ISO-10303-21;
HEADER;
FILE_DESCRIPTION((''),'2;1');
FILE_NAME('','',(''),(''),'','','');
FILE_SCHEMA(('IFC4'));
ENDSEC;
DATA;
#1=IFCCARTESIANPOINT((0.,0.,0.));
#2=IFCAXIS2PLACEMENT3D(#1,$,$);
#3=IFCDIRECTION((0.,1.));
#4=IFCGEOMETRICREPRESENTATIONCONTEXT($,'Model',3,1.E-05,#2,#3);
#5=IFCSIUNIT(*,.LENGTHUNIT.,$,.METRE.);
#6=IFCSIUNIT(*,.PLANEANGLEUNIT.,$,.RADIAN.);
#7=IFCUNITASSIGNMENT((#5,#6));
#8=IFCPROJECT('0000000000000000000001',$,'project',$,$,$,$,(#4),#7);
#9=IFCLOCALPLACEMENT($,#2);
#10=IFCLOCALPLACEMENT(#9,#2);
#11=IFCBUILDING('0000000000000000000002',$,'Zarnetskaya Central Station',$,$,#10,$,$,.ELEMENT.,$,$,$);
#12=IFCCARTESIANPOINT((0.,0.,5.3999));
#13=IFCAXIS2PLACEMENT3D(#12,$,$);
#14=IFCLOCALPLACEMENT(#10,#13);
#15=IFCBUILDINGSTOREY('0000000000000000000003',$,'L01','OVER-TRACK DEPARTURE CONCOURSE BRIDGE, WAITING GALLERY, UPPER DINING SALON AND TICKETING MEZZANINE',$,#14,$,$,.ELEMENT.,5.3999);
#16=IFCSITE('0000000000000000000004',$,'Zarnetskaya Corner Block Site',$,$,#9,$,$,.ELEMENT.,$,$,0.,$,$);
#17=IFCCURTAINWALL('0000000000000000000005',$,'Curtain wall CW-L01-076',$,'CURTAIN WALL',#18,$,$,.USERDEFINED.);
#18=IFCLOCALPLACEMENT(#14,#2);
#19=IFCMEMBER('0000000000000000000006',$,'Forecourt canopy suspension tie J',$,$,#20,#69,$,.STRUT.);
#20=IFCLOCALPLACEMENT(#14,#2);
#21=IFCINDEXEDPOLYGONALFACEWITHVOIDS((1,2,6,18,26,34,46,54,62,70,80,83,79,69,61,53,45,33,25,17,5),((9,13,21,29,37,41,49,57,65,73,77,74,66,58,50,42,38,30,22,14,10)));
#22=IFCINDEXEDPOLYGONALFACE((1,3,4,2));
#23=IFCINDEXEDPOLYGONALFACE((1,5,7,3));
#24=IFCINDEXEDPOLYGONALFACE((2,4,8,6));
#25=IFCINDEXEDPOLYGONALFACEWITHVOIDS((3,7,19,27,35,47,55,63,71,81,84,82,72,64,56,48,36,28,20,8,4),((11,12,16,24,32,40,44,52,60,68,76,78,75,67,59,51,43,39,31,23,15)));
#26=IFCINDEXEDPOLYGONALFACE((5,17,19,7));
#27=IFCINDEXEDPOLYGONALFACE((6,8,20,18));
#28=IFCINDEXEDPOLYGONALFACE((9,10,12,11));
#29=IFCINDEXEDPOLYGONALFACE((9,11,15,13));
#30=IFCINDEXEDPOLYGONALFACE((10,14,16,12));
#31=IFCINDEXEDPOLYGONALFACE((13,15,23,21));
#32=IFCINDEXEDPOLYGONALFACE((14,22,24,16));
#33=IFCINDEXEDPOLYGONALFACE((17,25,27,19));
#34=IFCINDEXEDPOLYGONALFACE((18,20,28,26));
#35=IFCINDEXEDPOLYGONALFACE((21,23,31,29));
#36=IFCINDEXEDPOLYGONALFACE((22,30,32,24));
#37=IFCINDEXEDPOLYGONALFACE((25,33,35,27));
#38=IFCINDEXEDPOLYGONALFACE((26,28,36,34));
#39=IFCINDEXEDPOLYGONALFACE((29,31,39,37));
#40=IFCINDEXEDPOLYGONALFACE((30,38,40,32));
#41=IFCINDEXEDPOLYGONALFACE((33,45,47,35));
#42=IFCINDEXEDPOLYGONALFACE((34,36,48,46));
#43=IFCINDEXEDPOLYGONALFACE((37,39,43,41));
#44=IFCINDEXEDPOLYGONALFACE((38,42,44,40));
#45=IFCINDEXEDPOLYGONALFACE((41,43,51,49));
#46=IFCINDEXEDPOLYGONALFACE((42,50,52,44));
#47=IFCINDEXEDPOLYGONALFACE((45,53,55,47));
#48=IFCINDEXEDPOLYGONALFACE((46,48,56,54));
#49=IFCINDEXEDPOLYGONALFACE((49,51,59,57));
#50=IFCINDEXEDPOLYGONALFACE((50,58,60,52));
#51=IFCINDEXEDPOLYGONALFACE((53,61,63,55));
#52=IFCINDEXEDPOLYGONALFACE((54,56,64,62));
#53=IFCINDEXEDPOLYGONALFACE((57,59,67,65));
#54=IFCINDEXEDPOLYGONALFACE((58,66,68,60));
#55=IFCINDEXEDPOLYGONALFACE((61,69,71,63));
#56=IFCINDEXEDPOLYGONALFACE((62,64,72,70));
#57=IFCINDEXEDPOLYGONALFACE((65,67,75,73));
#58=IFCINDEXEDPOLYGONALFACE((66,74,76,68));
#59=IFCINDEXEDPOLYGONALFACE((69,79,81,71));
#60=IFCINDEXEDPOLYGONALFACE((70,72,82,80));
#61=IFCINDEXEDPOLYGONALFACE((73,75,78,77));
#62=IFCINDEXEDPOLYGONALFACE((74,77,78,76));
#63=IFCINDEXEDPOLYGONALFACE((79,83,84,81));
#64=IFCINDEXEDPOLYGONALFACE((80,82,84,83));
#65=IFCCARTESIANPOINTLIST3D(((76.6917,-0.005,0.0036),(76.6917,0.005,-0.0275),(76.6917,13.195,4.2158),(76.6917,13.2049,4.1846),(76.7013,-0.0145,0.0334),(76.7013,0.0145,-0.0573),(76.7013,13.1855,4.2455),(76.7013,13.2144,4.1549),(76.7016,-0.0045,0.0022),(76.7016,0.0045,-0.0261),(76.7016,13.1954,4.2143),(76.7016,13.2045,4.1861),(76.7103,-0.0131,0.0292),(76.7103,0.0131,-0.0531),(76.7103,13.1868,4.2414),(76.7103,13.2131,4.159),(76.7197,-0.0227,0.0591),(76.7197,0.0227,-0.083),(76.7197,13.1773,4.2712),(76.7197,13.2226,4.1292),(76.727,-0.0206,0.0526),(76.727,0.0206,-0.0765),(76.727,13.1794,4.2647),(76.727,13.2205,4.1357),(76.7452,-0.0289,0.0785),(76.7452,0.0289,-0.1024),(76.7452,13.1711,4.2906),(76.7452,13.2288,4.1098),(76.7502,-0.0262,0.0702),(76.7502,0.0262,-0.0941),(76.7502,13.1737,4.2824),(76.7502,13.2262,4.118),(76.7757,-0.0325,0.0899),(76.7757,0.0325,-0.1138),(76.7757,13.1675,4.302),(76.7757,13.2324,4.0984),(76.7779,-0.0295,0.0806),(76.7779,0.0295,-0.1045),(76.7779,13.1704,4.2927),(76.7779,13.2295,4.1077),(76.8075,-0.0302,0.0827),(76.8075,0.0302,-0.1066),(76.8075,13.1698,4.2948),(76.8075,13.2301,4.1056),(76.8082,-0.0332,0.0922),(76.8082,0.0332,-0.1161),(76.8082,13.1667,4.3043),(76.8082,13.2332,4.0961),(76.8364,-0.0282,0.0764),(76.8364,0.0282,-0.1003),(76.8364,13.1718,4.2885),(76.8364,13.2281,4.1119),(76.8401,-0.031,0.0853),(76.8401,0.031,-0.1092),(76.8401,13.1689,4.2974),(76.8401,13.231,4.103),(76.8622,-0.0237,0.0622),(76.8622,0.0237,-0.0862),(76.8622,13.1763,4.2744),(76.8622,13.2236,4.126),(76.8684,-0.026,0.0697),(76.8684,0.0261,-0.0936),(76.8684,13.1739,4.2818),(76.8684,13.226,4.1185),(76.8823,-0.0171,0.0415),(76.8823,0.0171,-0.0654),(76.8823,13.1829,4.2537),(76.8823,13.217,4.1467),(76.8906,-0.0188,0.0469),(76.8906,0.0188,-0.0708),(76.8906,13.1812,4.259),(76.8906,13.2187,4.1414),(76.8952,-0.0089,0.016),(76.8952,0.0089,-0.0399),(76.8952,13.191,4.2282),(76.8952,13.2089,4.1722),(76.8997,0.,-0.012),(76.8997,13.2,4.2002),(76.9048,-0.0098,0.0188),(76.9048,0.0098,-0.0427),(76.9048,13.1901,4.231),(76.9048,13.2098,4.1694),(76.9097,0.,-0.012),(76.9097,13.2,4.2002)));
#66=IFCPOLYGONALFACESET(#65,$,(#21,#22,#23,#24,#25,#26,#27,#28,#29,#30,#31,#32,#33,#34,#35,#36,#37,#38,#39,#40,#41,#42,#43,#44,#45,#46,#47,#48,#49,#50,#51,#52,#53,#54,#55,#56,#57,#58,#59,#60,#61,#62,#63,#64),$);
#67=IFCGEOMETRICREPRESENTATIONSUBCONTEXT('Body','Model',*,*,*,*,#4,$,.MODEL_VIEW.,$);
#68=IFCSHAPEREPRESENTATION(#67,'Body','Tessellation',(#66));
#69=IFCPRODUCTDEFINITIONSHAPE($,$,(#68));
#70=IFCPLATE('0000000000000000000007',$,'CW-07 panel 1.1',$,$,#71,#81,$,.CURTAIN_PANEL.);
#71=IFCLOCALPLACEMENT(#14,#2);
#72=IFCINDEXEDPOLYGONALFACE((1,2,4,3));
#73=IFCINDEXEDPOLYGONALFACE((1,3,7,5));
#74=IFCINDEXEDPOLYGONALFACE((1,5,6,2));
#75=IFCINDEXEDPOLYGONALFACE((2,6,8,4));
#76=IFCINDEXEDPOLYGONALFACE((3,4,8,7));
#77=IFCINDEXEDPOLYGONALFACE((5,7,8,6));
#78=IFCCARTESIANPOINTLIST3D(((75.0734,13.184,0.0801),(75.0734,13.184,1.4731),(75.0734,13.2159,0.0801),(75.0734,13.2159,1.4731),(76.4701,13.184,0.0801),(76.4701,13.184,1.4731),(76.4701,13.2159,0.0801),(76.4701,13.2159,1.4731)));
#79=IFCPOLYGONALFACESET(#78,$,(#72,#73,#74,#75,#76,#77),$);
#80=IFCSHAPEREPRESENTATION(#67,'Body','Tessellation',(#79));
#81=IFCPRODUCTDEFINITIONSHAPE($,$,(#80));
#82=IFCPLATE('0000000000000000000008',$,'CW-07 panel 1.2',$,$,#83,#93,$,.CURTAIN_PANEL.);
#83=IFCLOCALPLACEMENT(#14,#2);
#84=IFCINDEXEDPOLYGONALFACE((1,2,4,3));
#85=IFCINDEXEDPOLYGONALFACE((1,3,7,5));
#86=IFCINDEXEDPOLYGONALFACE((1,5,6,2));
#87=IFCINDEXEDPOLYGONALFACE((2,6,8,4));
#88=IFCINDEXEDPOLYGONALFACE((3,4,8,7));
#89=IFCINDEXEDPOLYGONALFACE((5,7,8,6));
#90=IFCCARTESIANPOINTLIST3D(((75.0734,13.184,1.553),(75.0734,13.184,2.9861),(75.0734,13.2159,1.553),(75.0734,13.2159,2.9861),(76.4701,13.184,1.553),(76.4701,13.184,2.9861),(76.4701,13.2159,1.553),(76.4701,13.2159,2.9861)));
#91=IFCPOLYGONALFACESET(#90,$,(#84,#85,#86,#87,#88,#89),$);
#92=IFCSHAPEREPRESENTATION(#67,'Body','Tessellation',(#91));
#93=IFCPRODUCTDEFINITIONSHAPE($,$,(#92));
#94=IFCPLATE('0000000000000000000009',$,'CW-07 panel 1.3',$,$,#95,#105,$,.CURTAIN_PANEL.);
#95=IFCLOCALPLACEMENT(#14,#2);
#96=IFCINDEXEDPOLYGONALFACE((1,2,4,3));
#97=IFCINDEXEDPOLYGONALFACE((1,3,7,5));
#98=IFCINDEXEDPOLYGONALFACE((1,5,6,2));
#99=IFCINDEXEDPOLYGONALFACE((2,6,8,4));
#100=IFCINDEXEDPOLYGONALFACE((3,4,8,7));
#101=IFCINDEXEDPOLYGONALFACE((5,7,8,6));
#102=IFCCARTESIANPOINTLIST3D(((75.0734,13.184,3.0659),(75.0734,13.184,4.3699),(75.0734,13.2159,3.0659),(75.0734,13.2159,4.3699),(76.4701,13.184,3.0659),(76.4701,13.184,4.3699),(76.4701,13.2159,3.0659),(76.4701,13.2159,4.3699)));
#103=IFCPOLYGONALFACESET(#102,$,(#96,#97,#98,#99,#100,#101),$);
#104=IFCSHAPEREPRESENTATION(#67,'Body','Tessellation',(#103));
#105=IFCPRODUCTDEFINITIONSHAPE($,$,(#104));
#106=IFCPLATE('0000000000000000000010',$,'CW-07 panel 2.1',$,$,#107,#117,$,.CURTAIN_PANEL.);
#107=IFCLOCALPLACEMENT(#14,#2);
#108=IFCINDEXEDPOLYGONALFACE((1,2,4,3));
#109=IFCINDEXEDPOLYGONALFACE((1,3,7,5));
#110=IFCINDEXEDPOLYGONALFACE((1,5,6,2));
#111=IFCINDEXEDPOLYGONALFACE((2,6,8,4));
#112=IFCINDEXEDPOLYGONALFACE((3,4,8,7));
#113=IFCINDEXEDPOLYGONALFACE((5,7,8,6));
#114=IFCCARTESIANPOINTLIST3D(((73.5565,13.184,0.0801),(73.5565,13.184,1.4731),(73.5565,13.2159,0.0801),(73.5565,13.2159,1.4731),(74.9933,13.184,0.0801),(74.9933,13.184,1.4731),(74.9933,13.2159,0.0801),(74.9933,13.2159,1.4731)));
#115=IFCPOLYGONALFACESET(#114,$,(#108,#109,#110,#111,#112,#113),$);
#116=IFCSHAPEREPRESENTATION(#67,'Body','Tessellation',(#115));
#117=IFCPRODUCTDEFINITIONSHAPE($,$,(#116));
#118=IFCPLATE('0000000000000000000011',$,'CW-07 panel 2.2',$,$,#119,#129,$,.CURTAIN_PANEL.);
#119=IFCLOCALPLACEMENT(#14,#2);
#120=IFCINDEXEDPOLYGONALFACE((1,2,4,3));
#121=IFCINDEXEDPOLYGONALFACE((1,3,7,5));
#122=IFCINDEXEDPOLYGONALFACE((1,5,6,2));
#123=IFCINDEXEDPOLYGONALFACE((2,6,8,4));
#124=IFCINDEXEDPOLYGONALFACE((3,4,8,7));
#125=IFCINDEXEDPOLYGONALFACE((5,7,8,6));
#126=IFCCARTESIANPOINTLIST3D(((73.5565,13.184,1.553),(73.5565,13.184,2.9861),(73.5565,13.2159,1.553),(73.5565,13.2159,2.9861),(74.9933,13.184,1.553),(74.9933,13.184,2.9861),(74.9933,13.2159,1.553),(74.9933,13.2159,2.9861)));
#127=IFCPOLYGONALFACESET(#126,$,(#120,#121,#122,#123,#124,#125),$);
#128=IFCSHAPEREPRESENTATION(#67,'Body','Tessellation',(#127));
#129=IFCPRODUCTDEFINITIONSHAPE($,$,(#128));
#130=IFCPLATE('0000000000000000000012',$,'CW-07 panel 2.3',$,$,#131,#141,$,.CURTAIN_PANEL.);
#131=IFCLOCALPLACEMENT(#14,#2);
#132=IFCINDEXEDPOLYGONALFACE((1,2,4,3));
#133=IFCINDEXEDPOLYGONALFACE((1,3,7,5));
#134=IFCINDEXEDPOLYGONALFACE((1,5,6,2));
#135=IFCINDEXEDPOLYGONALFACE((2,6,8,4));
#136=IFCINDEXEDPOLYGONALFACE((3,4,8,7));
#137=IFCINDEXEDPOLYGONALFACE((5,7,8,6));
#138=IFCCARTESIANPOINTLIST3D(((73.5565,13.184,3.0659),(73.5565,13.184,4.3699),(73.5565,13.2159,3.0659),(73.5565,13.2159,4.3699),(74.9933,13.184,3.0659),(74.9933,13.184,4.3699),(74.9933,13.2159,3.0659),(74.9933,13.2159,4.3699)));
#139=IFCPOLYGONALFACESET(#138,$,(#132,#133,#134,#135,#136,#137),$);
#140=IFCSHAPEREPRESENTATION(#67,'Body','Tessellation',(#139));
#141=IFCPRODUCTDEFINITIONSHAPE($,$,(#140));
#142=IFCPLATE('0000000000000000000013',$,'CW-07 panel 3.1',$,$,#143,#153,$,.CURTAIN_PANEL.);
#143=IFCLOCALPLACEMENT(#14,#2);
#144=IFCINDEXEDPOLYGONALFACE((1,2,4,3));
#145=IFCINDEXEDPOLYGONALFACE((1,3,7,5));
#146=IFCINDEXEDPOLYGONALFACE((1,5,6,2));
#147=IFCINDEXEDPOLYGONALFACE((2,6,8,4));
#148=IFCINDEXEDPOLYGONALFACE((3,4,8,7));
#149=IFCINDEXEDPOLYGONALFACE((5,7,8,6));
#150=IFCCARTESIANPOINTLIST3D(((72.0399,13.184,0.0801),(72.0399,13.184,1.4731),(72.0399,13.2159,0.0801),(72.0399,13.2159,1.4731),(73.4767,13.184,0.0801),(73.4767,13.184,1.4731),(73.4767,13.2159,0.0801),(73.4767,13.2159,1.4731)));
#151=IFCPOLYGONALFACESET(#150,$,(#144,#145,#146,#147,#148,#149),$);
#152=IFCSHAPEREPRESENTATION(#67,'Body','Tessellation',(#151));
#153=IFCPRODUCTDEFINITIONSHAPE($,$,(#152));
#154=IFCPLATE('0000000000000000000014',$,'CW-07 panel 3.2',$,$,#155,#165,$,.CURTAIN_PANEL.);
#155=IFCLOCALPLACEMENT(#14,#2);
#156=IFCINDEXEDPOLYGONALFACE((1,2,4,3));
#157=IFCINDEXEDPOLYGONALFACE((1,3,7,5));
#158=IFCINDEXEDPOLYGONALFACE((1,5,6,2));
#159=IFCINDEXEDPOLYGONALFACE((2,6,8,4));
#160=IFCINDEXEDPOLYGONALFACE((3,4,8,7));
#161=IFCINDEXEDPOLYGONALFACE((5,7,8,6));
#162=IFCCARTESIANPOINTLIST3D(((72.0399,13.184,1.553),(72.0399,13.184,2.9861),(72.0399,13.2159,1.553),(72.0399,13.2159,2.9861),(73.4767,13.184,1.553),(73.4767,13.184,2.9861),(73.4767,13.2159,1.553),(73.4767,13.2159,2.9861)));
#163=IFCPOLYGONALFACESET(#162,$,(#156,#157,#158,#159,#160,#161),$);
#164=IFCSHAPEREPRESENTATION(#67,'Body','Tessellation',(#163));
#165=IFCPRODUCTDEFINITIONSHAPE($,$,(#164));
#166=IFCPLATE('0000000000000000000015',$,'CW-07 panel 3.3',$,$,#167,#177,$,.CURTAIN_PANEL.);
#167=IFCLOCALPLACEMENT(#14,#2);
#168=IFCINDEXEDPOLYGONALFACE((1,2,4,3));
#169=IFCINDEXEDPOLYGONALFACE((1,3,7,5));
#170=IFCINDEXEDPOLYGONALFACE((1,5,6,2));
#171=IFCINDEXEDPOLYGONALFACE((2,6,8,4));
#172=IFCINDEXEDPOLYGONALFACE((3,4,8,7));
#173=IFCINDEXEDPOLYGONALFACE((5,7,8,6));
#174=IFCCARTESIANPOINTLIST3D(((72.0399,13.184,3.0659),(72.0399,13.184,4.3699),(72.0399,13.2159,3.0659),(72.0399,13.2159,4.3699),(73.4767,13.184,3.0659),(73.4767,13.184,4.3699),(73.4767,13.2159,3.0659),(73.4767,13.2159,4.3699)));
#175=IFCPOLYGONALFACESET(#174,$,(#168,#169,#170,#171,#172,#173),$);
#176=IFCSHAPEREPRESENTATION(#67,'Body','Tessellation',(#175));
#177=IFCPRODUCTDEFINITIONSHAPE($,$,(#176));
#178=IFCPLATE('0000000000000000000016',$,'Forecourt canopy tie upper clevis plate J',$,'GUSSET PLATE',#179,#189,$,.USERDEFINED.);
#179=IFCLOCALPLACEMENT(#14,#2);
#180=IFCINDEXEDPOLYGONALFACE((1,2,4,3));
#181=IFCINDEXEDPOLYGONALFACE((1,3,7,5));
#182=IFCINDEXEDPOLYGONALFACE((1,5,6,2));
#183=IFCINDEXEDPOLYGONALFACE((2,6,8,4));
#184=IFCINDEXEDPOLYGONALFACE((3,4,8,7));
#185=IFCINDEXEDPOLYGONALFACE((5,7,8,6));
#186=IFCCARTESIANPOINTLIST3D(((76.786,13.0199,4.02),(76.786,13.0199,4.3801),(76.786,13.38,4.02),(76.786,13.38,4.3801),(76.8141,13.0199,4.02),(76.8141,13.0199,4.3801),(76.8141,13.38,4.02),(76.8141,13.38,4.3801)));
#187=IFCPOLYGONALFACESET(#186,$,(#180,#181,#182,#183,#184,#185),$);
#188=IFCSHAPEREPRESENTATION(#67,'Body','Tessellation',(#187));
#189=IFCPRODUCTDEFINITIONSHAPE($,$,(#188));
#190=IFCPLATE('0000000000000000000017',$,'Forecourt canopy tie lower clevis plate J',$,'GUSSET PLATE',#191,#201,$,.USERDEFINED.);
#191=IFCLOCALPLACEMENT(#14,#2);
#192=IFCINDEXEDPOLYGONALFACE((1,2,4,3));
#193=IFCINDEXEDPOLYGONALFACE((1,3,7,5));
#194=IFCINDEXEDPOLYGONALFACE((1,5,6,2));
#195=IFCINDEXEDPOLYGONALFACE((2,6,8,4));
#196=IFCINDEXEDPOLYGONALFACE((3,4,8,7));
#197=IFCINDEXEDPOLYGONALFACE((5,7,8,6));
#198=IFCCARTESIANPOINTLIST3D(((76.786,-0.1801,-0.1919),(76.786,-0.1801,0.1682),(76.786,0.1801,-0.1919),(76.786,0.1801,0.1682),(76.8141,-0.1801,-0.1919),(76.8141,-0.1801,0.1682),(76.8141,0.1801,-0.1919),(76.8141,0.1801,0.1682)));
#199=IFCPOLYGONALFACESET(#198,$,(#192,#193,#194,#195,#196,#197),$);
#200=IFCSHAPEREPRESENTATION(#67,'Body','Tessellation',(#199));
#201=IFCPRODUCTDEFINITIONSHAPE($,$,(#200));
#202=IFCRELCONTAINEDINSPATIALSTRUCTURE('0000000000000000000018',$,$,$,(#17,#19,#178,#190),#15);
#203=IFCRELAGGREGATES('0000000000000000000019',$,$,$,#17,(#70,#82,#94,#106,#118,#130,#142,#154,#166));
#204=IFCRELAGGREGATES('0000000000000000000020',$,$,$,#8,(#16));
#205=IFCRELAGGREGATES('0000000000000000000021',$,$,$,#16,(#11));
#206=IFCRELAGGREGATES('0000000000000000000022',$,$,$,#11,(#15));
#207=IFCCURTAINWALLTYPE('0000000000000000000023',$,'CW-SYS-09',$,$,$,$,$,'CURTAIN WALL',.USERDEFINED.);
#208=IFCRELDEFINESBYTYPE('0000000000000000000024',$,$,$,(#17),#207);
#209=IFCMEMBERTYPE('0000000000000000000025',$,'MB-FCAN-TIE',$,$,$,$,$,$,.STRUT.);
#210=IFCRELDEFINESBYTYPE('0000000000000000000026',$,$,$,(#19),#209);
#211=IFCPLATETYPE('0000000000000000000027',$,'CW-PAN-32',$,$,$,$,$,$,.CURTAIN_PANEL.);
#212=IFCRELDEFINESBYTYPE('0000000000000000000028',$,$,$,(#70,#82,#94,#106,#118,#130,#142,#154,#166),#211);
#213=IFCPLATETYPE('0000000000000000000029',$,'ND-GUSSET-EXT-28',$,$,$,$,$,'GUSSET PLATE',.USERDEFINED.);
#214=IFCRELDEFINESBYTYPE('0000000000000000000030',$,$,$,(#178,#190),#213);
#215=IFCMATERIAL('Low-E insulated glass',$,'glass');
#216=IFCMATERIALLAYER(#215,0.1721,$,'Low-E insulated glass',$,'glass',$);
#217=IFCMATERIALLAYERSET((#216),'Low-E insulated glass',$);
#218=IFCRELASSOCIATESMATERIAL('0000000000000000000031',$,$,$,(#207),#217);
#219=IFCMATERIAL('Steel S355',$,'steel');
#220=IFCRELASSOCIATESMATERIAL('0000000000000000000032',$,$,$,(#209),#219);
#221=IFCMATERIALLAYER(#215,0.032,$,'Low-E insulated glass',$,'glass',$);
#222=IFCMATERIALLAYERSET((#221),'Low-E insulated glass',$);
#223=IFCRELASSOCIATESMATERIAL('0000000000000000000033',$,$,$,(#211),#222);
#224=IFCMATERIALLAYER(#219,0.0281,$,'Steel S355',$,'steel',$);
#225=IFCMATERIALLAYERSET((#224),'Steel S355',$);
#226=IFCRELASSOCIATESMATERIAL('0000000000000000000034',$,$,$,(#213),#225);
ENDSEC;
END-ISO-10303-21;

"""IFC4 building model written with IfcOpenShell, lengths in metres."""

from ifc_helpers import new_model, si_unit, direction, frame, origin, origin_2d, place, context, subcontext, project, spatial, rectangle, hollow_circle, extrude, material, layer, layer_set, material_profile, profile_set, type_object, element, aggregate, save


model = new_model("IFC4")

# Units and contexts
model_context = context("Model", 3, precision=1e-05, world=origin(), true_north=direction((0.0, 1.0)))
body_context = subcontext(model_context, "Body", "Model", "MODEL_VIEW")
ifc_project = project(units=[si_unit("LENGTHUNIT", "METRE"), si_unit("PLANEANGLEUNIT", "RADIAN")], contexts=[model_context])

# Site, building, storey
site_placement = place(None, origin())
site = spatial("IfcSite", under=ifc_project, at=site_placement, Name="Zarnetskaya Corner Block Site", CompositionType="ELEMENT", RefElevation=0.0)
building_placement = place(site_placement, origin())
building = spatial("IfcBuilding", under=site, at=building_placement, Name="Zarnetskaya Central Station", CompositionType="ELEMENT")
storey_placement = place(building_placement, frame((0.0, 0.0, 5.3999)))
storey = spatial("IfcBuildingStorey", under=building, at=storey_placement, Name="L01", Description="OVER-TRACK DEPARTURE CONCOURSE BRIDGE, WAITING GALLERY, UPPER DINING SALON AND TICKETING MEZZANINE", CompositionType="ELEMENT", Elevation=5.3999)

# Shared definitions
ifc_material_1 = material(Name="Steel S355", Category="steel")

# Curtain wall
ifc_material_2 = material(Name="Low-E insulated glass", Category="glass")
ifc_layer_1 = layer(ifc_material_2, 0.1721, Name="Low-E insulated glass", Category="glass")
ifc_layer_set_1 = layer_set([ifc_layer_1], Name="Low-E insulated glass")
curtain_wall_type = type_object("IfcCurtainWallType", Name="CW-SYS-09", ElementType="CURTAIN WALL", PredefinedType="USERDEFINED", material=ifc_layer_set_1)
curtain_wall_placement = place(storey_placement, origin())
curtain_wall = element("IfcCurtainWall", 1, at=curtain_wall_placement, inside=storey, type_object=curtain_wall_type, Name="Curtain wall CW-L01-076", ObjectType="CURTAIN WALL", PredefinedType="USERDEFINED")

# Member
ifc_material_profile_1 = material_profile(ifc_material_1, hollow_circle(Radius=0.1096, WallThickness=0.01, at=origin_2d()), Name="CHS 219.1x10")
ifc_profile_set_1 = profile_set([ifc_material_profile_1], Name="Steel S355")
member_type_1 = type_object("IfcMemberType", Name="MB-FCAN-TIE", PredefinedType="STRUT", material=ifc_profile_set_1)
member_1_placement = place(storey_placement, frame((76.8, 13.2, 4.2002), z_axis=(0.0, -0.952672, -0.304001), x_axis=(1.0, 0.0, 0.0)))
element("IfcMember", 2, at=member_1_placement, inside=storey, type_object=member_type_1, Name="Forecourt canopy suspension tie J", PredefinedType="STRUT", context=body_context, shape_type="SweptSolid", body=[
    extrude(hollow_circle(Radius=0.1096, WallThickness=0.01, at=origin_2d()), origin(), (0.0, 0.0, 1.0), 13.8557),
])

# Plates
ifc_layer_2 = layer(ifc_material_2, 0.032, Name="Low-E insulated glass", Category="glass")
ifc_layer_set_2 = layer_set([ifc_layer_2], Name="Low-E insulated glass")
plate_type_1 = type_object("IfcPlateType", Name="CW-PAN-32", PredefinedType="CURTAIN_PANEL", material=ifc_layer_set_2)
plate_1_placement = place(storey_placement, frame((75.7717, 13.2, 0.0801), z_axis=(0.0, 0.0, 1.0), x_axis=(-1.0, 0.0, 0.0)))
plate_1 = element("IfcPlate", 3, at=plate_1_placement, type_object=plate_type_1, Name="CW-07 panel 1.1", PredefinedType="CURTAIN_PANEL", context=body_context, shape_type="SweptSolid", body=[
    extrude(rectangle(XDim=1.3967, YDim=0.032, at=origin_2d()), origin(), (0.0, 0.0, 1.0), 1.3931),
])
plate_2_placement = place(storey_placement, frame((75.7717, 13.2, 1.553), z_axis=(0.0, 0.0, 1.0), x_axis=(-1.0, 0.0, 0.0)))
plate_2 = element("IfcPlate", 4, at=plate_2_placement, type_object=plate_type_1, Name="CW-07 panel 1.2", PredefinedType="CURTAIN_PANEL", context=body_context, shape_type="SweptSolid", body=[
    extrude(rectangle(XDim=1.3967, YDim=0.032, at=origin_2d()), origin(), (0.0, 0.0, 1.0), 1.4331),
])
plate_3_placement = place(storey_placement, frame((75.7717, 13.2, 3.0659), z_axis=(0.0, 0.0, 1.0), x_axis=(-1.0, 0.0, 0.0)))
plate_3 = element("IfcPlate", 5, at=plate_3_placement, type_object=plate_type_1, Name="CW-07 panel 1.3", PredefinedType="CURTAIN_PANEL", context=body_context, shape_type="SweptSolid", body=[
    extrude(rectangle(XDim=1.3967, YDim=0.032, at=origin_2d()), origin(), (0.0, 0.0, 1.0), 1.304),
])
plate_4_placement = place(storey_placement, frame((74.2749, 13.2, 0.0801), z_axis=(0.0, 0.0, 1.0), x_axis=(-1.0, 0.0, 0.0)))
plate_4 = element("IfcPlate", 6, at=plate_4_placement, type_object=plate_type_1, Name="CW-07 panel 2.1", PredefinedType="CURTAIN_PANEL", context=body_context, shape_type="SweptSolid", body=[
    extrude(rectangle(XDim=1.4368, YDim=0.032, at=origin_2d()), origin(), (0.0, 0.0, 1.0), 1.3931),
])
plate_5_placement = place(storey_placement, frame((74.2749, 13.2, 1.553), z_axis=(0.0, 0.0, 1.0), x_axis=(-1.0, 0.0, 0.0)))
plate_5 = element("IfcPlate", 7, at=plate_5_placement, type_object=plate_type_1, Name="CW-07 panel 2.2", PredefinedType="CURTAIN_PANEL", context=body_context, shape_type="SweptSolid", body=[
    extrude(rectangle(XDim=1.4368, YDim=0.032, at=origin_2d()), origin(), (0.0, 0.0, 1.0), 1.4331),
])
plate_6_placement = place(storey_placement, frame((74.2749, 13.2, 3.0659), z_axis=(0.0, 0.0, 1.0), x_axis=(-1.0, 0.0, 0.0)))
plate_6 = element("IfcPlate", 8, at=plate_6_placement, type_object=plate_type_1, Name="CW-07 panel 2.3", PredefinedType="CURTAIN_PANEL", context=body_context, shape_type="SweptSolid", body=[
    extrude(rectangle(XDim=1.4368, YDim=0.032, at=origin_2d()), origin(), (0.0, 0.0, 1.0), 1.304),
])
plate_7_placement = place(storey_placement, frame((72.7583, 13.2, 0.0801), z_axis=(0.0, 0.0, 1.0), x_axis=(-1.0, 0.0, 0.0)))
plate_7 = element("IfcPlate", 9, at=plate_7_placement, type_object=plate_type_1, Name="CW-07 panel 3.1", PredefinedType="CURTAIN_PANEL", context=body_context, shape_type="SweptSolid", body=[
    extrude(rectangle(XDim=1.4368, YDim=0.032, at=origin_2d()), origin(), (0.0, 0.0, 1.0), 1.3931),
])
plate_8_placement = place(storey_placement, frame((72.7583, 13.2, 1.553), z_axis=(0.0, 0.0, 1.0), x_axis=(-1.0, 0.0, 0.0)))
plate_8 = element("IfcPlate", 10, at=plate_8_placement, type_object=plate_type_1, Name="CW-07 panel 3.2", PredefinedType="CURTAIN_PANEL", context=body_context, shape_type="SweptSolid", body=[
    extrude(rectangle(XDim=1.4368, YDim=0.032, at=origin_2d()), origin(), (0.0, 0.0, 1.0), 1.4331),
])
plate_9_placement = place(storey_placement, frame((72.7583, 13.2, 3.0659), z_axis=(0.0, 0.0, 1.0), x_axis=(-1.0, 0.0, 0.0)))
plate_9 = element("IfcPlate", 11, at=plate_9_placement, type_object=plate_type_1, Name="CW-07 panel 3.3", PredefinedType="CURTAIN_PANEL", context=body_context, shape_type="SweptSolid", body=[
    extrude(rectangle(XDim=1.4368, YDim=0.032, at=origin_2d()), origin(), (0.0, 0.0, 1.0), 1.304),
])
aggregate(curtain_wall, [plate_1, plate_2, plate_3, plate_4, plate_5, plate_6, plate_7, plate_8, plate_9])

# Plates
ifc_layer_3 = layer(ifc_material_1, 0.0281, Name="Steel S355", Category="steel")
ifc_layer_set_3 = layer_set([ifc_layer_3], Name="Steel S355")
plate_type_2 = type_object("IfcPlateType", Name="ND-GUSSET-EXT-28", ElementType="GUSSET PLATE", PredefinedType="USERDEFINED", material=ifc_layer_set_3)
for number, where, z_axis, x_axis, name in (
    (12, (76.8, 13.2, 4.02), (0.0, 0.0, 1.0), (1.0, 0.0, 0.0), "Forecourt canopy tie upper clevis plate J"),
    (13, (76.8, 0.0, -0.1919), (0.0, 0.0, 1.0), (1.0, 0.0, 0.0), "Forecourt canopy tie lower clevis plate J"),
):
    element("IfcPlate", number, at=place(storey_placement, frame(where, z_axis=z_axis, x_axis=x_axis)), inside=storey, type_object=plate_type_2, Name=name, ObjectType="GUSSET PLATE", PredefinedType="USERDEFINED", context=body_context, shape_type="SweptSolid", body=[
        extrude(rectangle(XDim=0.0281, YDim=0.3601, at=origin_2d()), origin(), (0.0, 0.0, 1.0), 0.3601),
    ])

save(model, "model.ifc")
